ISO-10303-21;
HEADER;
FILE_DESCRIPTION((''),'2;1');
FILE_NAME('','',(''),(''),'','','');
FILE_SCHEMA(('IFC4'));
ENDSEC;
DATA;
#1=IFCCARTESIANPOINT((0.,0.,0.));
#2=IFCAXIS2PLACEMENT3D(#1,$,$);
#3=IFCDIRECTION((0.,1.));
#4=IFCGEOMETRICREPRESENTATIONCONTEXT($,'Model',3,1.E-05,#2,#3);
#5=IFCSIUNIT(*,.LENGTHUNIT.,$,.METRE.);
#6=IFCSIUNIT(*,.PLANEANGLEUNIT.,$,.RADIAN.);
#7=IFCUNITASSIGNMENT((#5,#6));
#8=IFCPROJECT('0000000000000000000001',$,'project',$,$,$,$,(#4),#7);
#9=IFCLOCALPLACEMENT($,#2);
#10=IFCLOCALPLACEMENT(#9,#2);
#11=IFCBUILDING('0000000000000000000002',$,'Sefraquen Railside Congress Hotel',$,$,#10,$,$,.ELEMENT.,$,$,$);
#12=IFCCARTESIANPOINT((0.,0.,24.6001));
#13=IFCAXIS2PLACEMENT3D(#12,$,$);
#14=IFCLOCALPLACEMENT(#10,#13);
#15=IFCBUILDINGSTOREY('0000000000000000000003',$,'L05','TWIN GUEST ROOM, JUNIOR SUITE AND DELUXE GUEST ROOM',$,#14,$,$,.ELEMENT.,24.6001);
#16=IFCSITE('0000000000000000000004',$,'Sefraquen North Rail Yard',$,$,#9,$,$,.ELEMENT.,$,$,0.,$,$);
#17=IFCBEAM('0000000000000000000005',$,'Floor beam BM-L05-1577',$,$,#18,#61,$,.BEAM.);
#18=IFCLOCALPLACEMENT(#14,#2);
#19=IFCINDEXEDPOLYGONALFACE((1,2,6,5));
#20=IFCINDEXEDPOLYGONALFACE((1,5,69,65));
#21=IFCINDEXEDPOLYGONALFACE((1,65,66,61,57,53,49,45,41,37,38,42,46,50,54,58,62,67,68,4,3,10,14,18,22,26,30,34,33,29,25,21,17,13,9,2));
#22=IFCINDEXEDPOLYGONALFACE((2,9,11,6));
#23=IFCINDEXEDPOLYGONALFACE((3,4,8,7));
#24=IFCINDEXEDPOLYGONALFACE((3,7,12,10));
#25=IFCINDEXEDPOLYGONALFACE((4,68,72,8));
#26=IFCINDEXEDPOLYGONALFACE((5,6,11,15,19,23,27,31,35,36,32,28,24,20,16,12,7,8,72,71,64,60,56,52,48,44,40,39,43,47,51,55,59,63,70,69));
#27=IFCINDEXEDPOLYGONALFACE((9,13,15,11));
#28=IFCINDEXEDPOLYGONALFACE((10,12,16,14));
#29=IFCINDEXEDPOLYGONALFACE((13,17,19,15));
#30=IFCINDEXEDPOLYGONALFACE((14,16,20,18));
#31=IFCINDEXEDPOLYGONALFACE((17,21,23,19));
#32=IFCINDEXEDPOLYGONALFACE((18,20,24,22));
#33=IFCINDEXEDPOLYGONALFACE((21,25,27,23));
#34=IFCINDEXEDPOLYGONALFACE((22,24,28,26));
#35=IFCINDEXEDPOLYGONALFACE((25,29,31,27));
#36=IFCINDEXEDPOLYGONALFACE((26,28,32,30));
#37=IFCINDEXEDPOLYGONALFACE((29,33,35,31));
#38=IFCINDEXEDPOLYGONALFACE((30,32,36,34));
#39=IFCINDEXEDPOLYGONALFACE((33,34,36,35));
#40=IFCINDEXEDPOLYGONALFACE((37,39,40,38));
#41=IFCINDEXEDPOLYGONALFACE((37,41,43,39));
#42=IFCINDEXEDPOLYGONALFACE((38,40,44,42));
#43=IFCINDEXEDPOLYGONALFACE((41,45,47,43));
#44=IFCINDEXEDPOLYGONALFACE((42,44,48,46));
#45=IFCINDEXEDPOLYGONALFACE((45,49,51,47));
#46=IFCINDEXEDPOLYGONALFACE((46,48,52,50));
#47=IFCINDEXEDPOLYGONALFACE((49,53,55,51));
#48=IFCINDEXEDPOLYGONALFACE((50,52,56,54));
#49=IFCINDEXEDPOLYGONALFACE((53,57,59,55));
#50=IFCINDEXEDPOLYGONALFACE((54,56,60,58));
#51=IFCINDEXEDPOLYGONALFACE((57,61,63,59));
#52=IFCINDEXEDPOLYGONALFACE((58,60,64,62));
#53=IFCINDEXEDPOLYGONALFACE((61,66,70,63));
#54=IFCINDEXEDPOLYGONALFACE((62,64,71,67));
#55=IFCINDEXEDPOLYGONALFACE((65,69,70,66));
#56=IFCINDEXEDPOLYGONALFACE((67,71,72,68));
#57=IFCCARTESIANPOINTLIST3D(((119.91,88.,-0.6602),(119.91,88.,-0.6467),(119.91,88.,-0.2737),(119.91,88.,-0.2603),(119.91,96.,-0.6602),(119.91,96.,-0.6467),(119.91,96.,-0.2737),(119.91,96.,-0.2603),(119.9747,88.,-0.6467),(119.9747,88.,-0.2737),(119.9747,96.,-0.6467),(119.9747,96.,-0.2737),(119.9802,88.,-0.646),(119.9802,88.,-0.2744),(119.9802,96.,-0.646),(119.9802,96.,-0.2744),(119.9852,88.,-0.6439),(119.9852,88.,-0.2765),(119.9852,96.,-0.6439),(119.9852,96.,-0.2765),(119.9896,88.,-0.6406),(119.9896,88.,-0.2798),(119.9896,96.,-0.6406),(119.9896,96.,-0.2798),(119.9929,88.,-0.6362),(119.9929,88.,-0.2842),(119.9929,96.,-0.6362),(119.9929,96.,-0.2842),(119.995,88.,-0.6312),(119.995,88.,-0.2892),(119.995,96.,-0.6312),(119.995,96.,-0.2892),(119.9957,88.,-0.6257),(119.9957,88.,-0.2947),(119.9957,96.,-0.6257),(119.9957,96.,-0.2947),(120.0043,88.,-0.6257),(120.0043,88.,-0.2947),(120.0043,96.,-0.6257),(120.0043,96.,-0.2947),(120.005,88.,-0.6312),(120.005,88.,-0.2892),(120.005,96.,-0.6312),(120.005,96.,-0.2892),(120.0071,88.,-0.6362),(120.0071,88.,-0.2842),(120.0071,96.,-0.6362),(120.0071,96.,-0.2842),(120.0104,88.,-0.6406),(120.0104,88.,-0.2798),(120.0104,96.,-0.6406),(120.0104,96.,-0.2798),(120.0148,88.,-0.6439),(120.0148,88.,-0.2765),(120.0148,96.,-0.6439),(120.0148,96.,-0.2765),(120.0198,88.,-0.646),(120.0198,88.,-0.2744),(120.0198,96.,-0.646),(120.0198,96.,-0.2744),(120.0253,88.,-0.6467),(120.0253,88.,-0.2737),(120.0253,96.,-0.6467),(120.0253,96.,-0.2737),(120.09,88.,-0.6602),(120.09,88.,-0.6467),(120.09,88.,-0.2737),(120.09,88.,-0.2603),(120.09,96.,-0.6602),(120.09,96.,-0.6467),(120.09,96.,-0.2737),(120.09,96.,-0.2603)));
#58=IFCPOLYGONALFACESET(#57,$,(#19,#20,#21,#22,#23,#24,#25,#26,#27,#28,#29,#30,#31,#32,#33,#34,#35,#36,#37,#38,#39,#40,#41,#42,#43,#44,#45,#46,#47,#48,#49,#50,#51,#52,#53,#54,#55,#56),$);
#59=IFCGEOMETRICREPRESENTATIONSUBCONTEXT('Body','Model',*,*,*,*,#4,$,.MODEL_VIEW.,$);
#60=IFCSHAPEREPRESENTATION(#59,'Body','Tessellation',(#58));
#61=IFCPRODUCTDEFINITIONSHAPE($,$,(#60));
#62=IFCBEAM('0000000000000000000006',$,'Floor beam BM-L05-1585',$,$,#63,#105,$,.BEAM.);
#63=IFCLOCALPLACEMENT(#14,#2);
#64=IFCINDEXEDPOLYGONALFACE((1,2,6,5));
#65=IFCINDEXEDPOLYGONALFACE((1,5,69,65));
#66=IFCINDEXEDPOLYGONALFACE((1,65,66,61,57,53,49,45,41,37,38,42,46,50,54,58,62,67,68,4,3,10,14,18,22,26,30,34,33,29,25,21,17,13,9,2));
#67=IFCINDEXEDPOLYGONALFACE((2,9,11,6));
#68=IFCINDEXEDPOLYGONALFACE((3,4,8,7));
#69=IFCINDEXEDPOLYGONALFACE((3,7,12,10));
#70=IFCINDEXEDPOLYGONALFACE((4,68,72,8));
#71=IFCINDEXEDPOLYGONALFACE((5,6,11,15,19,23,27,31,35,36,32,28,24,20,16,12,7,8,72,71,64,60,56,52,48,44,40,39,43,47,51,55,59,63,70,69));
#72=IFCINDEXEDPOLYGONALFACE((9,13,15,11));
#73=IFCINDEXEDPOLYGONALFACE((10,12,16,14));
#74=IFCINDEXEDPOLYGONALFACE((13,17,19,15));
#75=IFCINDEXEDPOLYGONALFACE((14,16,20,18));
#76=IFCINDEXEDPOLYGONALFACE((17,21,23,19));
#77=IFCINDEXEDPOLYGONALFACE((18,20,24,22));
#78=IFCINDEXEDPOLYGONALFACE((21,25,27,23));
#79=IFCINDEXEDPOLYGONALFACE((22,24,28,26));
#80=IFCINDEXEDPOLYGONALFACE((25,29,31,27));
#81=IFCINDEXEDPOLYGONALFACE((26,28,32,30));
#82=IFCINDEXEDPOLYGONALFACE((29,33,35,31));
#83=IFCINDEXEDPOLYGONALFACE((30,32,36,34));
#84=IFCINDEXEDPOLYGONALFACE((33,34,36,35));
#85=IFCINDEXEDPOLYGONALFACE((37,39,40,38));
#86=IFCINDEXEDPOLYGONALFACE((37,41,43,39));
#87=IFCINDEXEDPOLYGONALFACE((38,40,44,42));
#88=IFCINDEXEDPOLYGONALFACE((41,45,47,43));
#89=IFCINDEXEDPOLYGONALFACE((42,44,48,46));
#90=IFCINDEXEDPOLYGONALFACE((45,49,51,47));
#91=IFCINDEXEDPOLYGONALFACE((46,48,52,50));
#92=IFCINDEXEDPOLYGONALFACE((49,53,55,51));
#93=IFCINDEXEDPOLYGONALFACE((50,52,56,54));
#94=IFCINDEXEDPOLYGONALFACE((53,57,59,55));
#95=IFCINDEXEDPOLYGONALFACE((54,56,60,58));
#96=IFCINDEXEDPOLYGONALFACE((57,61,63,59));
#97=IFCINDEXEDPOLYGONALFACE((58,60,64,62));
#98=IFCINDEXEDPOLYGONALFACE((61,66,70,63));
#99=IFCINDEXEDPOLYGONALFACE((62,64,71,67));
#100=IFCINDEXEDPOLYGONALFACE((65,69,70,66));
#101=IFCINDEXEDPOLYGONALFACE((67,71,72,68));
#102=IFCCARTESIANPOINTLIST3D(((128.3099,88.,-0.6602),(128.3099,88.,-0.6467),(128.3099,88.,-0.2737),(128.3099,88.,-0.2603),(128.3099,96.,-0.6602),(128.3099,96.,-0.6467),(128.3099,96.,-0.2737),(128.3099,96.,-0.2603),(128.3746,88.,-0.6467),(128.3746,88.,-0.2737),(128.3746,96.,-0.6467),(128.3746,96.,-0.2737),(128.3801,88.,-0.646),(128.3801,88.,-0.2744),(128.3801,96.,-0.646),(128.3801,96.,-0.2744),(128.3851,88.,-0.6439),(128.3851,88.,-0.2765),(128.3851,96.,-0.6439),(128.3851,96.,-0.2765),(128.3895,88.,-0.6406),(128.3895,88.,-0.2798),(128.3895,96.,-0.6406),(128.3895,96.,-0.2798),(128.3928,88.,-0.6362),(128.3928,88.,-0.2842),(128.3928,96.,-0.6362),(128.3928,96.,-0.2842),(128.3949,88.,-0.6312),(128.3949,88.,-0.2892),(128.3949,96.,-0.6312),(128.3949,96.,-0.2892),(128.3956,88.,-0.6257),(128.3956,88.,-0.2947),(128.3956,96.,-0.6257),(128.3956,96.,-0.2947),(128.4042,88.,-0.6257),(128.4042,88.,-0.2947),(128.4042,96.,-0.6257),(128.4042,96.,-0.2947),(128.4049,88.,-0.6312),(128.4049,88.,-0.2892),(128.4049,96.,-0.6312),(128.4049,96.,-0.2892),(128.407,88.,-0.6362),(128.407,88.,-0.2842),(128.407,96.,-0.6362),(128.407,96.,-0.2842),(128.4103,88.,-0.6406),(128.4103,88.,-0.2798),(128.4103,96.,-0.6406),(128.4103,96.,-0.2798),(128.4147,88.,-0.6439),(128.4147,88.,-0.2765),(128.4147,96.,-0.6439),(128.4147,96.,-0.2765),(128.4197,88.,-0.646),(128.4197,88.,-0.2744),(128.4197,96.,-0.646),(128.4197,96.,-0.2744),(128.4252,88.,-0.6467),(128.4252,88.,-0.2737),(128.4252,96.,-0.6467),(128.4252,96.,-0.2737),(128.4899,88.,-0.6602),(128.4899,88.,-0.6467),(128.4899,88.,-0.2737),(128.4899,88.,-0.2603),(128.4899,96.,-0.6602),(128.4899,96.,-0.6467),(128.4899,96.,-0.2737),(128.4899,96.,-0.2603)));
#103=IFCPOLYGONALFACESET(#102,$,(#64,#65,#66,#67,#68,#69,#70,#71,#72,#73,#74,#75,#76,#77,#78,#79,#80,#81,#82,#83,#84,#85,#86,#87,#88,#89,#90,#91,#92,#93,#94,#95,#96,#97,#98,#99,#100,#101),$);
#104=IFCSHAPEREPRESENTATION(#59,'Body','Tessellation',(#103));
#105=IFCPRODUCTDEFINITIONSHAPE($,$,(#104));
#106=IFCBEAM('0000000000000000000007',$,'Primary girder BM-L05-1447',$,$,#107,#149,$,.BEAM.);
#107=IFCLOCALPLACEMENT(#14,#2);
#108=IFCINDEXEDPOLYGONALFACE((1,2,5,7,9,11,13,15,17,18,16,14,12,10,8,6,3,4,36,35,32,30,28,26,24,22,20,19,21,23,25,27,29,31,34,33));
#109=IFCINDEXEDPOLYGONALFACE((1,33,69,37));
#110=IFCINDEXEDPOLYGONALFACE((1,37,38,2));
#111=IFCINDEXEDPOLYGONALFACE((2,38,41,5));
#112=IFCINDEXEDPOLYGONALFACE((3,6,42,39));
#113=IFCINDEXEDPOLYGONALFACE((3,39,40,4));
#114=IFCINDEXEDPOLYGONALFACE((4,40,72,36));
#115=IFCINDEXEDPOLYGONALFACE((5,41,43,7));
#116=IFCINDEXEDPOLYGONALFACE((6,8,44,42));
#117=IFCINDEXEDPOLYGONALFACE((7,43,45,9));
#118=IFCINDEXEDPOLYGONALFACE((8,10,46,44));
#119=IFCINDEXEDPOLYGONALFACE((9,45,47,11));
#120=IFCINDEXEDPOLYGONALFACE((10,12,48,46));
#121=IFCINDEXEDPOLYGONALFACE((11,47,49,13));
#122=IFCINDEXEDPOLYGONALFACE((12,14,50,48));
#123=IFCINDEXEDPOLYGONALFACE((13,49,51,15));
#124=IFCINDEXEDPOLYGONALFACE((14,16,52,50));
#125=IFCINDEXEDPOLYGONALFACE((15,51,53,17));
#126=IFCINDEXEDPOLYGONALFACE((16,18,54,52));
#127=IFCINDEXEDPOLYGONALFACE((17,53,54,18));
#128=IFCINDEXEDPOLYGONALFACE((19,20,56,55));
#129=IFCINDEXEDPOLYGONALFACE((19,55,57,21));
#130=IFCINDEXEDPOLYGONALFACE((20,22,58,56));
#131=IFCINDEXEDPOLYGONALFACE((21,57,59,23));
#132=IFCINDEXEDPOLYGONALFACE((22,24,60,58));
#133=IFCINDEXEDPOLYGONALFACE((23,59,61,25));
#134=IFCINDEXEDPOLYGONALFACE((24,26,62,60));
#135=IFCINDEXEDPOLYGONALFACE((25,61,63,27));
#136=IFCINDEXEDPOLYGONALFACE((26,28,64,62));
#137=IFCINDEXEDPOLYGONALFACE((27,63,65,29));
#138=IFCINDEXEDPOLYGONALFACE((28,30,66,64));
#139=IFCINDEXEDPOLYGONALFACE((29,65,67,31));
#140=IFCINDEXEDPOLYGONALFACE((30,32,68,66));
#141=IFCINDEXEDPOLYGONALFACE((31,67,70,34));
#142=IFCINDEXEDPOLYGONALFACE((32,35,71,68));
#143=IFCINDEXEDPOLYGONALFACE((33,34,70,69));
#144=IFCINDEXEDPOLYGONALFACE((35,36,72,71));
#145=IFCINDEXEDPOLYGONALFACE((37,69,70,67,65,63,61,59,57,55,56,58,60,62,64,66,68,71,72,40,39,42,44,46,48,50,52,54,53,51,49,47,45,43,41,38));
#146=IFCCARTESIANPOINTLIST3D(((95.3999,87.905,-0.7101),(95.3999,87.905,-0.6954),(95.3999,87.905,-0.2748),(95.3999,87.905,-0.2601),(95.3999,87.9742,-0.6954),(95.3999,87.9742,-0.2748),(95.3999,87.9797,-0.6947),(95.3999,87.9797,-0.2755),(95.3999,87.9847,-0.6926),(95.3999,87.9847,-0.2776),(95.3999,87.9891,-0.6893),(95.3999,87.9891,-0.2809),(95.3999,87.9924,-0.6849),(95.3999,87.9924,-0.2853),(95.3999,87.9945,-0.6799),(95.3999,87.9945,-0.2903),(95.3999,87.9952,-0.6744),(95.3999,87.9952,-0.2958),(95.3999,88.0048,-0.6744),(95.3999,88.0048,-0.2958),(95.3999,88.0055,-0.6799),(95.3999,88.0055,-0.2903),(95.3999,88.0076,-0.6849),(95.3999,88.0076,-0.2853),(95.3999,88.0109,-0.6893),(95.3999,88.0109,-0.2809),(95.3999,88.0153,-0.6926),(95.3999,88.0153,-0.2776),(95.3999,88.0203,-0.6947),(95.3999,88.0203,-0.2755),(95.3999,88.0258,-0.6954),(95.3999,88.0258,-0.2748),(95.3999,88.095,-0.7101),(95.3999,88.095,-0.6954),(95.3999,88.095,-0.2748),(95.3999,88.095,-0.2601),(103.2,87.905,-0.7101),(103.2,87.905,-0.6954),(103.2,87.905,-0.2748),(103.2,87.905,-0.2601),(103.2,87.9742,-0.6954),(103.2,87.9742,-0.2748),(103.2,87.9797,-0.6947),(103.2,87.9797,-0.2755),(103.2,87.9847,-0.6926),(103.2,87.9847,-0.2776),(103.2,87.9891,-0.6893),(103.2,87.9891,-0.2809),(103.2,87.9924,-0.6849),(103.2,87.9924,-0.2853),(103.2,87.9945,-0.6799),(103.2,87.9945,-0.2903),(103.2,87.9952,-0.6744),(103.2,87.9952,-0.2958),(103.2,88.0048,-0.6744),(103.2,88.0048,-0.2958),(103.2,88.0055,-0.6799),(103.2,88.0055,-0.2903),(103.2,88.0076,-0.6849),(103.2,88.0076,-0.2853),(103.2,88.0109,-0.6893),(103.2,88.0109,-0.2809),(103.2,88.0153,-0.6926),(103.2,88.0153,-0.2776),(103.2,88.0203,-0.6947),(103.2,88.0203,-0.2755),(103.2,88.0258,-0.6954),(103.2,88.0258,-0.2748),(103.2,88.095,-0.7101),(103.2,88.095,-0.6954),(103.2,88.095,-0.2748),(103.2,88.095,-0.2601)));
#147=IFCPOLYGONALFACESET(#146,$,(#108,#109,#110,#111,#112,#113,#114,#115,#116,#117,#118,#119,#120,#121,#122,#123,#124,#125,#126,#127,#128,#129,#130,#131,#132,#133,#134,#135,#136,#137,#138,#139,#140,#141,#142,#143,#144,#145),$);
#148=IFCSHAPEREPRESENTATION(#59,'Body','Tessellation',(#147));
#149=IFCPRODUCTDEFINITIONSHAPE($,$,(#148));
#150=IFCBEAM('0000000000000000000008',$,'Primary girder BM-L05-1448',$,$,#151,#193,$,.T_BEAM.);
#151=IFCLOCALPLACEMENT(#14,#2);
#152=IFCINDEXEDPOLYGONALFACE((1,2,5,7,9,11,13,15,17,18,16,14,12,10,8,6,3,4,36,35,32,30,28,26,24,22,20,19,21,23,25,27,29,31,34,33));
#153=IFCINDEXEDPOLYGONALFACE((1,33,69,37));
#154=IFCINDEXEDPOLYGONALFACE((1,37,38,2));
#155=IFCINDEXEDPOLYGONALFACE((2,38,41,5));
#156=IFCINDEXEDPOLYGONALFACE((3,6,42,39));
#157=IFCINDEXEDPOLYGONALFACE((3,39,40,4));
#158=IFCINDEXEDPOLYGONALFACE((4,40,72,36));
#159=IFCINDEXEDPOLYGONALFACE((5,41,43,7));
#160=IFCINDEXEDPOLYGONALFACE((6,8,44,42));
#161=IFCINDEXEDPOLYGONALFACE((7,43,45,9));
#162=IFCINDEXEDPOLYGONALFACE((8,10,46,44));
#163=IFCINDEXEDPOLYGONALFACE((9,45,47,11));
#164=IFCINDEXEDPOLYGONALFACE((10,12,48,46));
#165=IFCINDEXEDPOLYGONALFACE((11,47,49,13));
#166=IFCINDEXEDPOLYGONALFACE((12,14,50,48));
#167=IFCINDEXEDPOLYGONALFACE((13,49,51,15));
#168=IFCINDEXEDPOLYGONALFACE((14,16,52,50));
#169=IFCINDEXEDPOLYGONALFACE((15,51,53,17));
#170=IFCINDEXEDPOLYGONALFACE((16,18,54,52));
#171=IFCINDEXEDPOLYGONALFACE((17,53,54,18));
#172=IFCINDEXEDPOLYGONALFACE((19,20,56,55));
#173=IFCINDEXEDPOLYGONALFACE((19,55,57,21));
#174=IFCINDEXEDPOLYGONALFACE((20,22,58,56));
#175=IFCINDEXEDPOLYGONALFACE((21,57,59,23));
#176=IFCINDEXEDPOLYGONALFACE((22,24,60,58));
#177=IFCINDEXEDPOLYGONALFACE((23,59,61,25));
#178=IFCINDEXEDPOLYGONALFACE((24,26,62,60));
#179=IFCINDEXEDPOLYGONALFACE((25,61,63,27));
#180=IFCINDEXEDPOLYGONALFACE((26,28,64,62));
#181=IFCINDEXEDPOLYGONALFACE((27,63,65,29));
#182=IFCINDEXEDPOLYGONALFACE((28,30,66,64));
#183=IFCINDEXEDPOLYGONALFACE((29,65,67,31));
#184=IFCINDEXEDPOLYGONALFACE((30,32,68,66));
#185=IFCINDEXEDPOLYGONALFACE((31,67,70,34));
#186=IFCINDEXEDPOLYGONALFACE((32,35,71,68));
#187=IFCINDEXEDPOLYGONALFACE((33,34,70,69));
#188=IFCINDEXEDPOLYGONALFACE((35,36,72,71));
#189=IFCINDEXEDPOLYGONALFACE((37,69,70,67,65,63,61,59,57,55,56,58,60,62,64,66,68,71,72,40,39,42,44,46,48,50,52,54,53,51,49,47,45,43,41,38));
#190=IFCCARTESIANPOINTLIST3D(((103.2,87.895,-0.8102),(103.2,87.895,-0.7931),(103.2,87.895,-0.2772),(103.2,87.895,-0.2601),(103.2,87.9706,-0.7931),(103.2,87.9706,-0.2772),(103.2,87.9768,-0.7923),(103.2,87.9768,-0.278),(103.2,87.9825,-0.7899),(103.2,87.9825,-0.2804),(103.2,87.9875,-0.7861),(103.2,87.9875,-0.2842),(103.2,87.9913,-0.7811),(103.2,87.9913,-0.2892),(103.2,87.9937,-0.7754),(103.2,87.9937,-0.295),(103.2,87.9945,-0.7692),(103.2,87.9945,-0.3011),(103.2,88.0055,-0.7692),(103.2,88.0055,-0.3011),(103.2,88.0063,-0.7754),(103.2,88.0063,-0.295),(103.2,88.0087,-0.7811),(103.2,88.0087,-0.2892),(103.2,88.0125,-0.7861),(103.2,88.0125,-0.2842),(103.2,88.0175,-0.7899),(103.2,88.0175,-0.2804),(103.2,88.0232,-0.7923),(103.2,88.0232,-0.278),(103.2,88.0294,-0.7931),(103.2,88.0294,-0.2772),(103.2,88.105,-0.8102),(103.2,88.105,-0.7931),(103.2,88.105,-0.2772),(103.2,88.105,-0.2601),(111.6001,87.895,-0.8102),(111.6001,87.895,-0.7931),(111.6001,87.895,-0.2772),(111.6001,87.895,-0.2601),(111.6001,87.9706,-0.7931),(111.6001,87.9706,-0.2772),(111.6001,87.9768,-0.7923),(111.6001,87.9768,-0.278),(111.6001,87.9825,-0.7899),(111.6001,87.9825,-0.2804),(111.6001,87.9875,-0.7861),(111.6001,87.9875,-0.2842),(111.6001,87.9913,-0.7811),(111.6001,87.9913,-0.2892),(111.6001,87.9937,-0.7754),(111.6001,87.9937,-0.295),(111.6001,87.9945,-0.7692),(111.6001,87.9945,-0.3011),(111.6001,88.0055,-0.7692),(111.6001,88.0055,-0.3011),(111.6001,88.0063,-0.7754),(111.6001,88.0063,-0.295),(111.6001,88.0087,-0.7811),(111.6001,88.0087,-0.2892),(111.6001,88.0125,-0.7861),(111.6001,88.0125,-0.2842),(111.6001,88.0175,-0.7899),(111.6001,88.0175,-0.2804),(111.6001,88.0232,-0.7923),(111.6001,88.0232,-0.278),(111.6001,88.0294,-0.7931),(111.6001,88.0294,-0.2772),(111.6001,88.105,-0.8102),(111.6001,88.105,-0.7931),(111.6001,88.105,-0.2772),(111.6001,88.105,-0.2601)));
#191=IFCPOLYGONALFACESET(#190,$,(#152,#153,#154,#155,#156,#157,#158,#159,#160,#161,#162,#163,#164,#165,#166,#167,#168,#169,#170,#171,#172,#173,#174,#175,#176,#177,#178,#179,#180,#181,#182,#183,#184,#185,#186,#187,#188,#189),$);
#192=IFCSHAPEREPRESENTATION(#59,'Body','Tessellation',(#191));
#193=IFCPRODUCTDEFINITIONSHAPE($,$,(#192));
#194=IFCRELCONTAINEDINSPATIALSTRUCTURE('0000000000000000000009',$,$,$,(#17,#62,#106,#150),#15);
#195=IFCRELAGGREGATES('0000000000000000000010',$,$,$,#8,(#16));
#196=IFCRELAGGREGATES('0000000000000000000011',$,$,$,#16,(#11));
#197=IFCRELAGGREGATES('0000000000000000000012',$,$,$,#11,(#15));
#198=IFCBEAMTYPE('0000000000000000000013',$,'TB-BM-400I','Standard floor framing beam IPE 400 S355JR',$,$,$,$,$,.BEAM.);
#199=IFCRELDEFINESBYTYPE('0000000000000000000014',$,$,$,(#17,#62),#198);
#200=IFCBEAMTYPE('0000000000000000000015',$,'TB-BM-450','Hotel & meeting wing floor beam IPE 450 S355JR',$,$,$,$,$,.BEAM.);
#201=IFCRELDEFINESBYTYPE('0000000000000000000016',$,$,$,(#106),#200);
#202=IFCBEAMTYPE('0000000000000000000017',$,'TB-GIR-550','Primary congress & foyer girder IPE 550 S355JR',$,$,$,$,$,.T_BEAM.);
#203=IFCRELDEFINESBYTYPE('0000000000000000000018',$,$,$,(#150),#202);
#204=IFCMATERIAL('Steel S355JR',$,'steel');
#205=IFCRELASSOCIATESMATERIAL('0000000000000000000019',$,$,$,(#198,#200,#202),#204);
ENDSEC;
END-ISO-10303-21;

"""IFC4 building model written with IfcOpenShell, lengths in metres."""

from ifc_helpers import new_model, si_unit, direction, frame, origin, origin_2d, place, context, subcontext, project, spatial, i_section, extrude, material, material_profile, profile_set, type_object, element, save


model = new_model("IFC4")

# Units and contexts
model_context = context("Model", 3, precision=1e-05, world=origin(), true_north=direction((0.0, 1.0)))
body_context = subcontext(model_context, "Body", "Model", "MODEL_VIEW")
ifc_project = project(units=[si_unit("LENGTHUNIT", "METRE"), si_unit("PLANEANGLEUNIT", "RADIAN")], contexts=[model_context])

# Site, building, storey
site_placement = place(None, origin())
site = spatial("IfcSite", under=ifc_project, at=site_placement, Name="Sefraquen North Rail Yard", CompositionType="ELEMENT", RefElevation=0.0)
building_placement = place(site_placement, origin())
building = spatial("IfcBuilding", under=site, at=building_placement, Name="Sefraquen Railside Congress Hotel", CompositionType="ELEMENT")
storey_placement = place(building_placement, frame((0.0, 0.0, 24.6001)))
storey = spatial("IfcBuildingStorey", under=building, at=storey_placement, Name="L05", Description="TWIN GUEST ROOM, JUNIOR SUITE AND DELUXE GUEST ROOM", CompositionType="ELEMENT", Elevation=24.6001)

# Beams
ifc_material_1 = material(Name="Steel S355JR", Category="steel")
ifc_material_profile_1 = material_profile(ifc_material_1, i_section(OverallWidth=0.1799, OverallDepth=0.3999, WebThickness=0.0085, FlangeThickness=0.0134, FilletRadius=0.021, at=origin_2d()), Name="IPE 400")
ifc_profile_set_1 = profile_set([ifc_material_profile_1], Name="Steel S355JR")
beam_type_1 = type_object("IfcBeamType", Name="TB-BM-400I", Description="Standard floor framing beam IPE 400 S355JR", PredefinedType="BEAM", material=ifc_profile_set_1)
for number, where, z_axis, x_axis, name in (
    (1, (120.0, 88.0, -0.4602), (0.0, 1.0, 0.0), (-1.0, 0.0, 0.0), "Floor beam BM-L05-1577"),
    (2, (128.3999, 88.0, -0.4602), (0.0, 1.0, 0.0), (-1.0, 0.0, 0.0), "Floor beam BM-L05-1585"),
):
    element("IfcBeam", number, at=place(storey_placement, frame(where, z_axis=z_axis, x_axis=x_axis)), inside=storey, type_object=beam_type_1, Name=name, PredefinedType="BEAM", context=body_context, shape_type="SweptSolid", body=[
        extrude(i_section(OverallWidth=0.1799, OverallDepth=0.3999, WebThickness=0.0085, FlangeThickness=0.0134, FilletRadius=0.021, at=origin_2d()), origin(), (0.0, 0.0, 1.0), 8.0),
    ])
ifc_material_profile_2 = material_profile(ifc_material_1, i_section(OverallWidth=0.1899, OverallDepth=0.45, WebThickness=0.0095, FlangeThickness=0.0146, FilletRadius=0.021, at=origin_2d()), Name="IPE 450")
ifc_profile_set_2 = profile_set([ifc_material_profile_2], Name="Steel S355JR")
beam_type_2 = type_object("IfcBeamType", Name="TB-BM-450", Description="Hotel & meeting wing floor beam IPE 450 S355JR", PredefinedType="BEAM", material=ifc_profile_set_2)
beam_1_placement = place(storey_placement, frame((95.3999, 88.0, -0.4851), z_axis=(1.0, 0.0, 0.0), x_axis=(0.0, 1.0, 0.0)))
element("IfcBeam", 3, at=beam_1_placement, inside=storey, type_object=beam_type_2, Name="Primary girder BM-L05-1447", PredefinedType="BEAM", context=body_context, shape_type="SweptSolid", body=[
    extrude(i_section(OverallWidth=0.1899, OverallDepth=0.45, WebThickness=0.0095, FlangeThickness=0.0146, FilletRadius=0.021, at=origin_2d()), origin(), (0.0, 0.0, 1.0), 7.8),
])
ifc_material_profile_3 = material_profile(ifc_material_1, i_section(OverallWidth=0.21, OverallDepth=0.55, WebThickness=0.011, FlangeThickness=0.0171, FilletRadius=0.0239, at=origin_2d()), Name="IPE 550")
ifc_profile_set_3 = profile_set([ifc_material_profile_3], Name="Steel S355JR")
beam_type_3 = type_object("IfcBeamType", Name="TB-GIR-550", Description="Primary congress & foyer girder IPE 550 S355JR", PredefinedType="T_BEAM", material=ifc_profile_set_3)
beam_2_placement = place(storey_placement, frame((103.2, 88.0, -0.5352), z_axis=(1.0, 0.0, 0.0), x_axis=(0.0, 1.0, 0.0)))
element("IfcBeam", 4, at=beam_2_placement, inside=storey, type_object=beam_type_3, Name="Primary girder BM-L05-1448", PredefinedType="T_BEAM", context=body_context, shape_type="SweptSolid", body=[
    extrude(i_section(OverallWidth=0.21, OverallDepth=0.55, WebThickness=0.011, FlangeThickness=0.0171, FilletRadius=0.0239, at=origin_2d()), origin(), (0.0, 0.0, 1.0), 8.4001),
])

save(model, "model.ifc")
